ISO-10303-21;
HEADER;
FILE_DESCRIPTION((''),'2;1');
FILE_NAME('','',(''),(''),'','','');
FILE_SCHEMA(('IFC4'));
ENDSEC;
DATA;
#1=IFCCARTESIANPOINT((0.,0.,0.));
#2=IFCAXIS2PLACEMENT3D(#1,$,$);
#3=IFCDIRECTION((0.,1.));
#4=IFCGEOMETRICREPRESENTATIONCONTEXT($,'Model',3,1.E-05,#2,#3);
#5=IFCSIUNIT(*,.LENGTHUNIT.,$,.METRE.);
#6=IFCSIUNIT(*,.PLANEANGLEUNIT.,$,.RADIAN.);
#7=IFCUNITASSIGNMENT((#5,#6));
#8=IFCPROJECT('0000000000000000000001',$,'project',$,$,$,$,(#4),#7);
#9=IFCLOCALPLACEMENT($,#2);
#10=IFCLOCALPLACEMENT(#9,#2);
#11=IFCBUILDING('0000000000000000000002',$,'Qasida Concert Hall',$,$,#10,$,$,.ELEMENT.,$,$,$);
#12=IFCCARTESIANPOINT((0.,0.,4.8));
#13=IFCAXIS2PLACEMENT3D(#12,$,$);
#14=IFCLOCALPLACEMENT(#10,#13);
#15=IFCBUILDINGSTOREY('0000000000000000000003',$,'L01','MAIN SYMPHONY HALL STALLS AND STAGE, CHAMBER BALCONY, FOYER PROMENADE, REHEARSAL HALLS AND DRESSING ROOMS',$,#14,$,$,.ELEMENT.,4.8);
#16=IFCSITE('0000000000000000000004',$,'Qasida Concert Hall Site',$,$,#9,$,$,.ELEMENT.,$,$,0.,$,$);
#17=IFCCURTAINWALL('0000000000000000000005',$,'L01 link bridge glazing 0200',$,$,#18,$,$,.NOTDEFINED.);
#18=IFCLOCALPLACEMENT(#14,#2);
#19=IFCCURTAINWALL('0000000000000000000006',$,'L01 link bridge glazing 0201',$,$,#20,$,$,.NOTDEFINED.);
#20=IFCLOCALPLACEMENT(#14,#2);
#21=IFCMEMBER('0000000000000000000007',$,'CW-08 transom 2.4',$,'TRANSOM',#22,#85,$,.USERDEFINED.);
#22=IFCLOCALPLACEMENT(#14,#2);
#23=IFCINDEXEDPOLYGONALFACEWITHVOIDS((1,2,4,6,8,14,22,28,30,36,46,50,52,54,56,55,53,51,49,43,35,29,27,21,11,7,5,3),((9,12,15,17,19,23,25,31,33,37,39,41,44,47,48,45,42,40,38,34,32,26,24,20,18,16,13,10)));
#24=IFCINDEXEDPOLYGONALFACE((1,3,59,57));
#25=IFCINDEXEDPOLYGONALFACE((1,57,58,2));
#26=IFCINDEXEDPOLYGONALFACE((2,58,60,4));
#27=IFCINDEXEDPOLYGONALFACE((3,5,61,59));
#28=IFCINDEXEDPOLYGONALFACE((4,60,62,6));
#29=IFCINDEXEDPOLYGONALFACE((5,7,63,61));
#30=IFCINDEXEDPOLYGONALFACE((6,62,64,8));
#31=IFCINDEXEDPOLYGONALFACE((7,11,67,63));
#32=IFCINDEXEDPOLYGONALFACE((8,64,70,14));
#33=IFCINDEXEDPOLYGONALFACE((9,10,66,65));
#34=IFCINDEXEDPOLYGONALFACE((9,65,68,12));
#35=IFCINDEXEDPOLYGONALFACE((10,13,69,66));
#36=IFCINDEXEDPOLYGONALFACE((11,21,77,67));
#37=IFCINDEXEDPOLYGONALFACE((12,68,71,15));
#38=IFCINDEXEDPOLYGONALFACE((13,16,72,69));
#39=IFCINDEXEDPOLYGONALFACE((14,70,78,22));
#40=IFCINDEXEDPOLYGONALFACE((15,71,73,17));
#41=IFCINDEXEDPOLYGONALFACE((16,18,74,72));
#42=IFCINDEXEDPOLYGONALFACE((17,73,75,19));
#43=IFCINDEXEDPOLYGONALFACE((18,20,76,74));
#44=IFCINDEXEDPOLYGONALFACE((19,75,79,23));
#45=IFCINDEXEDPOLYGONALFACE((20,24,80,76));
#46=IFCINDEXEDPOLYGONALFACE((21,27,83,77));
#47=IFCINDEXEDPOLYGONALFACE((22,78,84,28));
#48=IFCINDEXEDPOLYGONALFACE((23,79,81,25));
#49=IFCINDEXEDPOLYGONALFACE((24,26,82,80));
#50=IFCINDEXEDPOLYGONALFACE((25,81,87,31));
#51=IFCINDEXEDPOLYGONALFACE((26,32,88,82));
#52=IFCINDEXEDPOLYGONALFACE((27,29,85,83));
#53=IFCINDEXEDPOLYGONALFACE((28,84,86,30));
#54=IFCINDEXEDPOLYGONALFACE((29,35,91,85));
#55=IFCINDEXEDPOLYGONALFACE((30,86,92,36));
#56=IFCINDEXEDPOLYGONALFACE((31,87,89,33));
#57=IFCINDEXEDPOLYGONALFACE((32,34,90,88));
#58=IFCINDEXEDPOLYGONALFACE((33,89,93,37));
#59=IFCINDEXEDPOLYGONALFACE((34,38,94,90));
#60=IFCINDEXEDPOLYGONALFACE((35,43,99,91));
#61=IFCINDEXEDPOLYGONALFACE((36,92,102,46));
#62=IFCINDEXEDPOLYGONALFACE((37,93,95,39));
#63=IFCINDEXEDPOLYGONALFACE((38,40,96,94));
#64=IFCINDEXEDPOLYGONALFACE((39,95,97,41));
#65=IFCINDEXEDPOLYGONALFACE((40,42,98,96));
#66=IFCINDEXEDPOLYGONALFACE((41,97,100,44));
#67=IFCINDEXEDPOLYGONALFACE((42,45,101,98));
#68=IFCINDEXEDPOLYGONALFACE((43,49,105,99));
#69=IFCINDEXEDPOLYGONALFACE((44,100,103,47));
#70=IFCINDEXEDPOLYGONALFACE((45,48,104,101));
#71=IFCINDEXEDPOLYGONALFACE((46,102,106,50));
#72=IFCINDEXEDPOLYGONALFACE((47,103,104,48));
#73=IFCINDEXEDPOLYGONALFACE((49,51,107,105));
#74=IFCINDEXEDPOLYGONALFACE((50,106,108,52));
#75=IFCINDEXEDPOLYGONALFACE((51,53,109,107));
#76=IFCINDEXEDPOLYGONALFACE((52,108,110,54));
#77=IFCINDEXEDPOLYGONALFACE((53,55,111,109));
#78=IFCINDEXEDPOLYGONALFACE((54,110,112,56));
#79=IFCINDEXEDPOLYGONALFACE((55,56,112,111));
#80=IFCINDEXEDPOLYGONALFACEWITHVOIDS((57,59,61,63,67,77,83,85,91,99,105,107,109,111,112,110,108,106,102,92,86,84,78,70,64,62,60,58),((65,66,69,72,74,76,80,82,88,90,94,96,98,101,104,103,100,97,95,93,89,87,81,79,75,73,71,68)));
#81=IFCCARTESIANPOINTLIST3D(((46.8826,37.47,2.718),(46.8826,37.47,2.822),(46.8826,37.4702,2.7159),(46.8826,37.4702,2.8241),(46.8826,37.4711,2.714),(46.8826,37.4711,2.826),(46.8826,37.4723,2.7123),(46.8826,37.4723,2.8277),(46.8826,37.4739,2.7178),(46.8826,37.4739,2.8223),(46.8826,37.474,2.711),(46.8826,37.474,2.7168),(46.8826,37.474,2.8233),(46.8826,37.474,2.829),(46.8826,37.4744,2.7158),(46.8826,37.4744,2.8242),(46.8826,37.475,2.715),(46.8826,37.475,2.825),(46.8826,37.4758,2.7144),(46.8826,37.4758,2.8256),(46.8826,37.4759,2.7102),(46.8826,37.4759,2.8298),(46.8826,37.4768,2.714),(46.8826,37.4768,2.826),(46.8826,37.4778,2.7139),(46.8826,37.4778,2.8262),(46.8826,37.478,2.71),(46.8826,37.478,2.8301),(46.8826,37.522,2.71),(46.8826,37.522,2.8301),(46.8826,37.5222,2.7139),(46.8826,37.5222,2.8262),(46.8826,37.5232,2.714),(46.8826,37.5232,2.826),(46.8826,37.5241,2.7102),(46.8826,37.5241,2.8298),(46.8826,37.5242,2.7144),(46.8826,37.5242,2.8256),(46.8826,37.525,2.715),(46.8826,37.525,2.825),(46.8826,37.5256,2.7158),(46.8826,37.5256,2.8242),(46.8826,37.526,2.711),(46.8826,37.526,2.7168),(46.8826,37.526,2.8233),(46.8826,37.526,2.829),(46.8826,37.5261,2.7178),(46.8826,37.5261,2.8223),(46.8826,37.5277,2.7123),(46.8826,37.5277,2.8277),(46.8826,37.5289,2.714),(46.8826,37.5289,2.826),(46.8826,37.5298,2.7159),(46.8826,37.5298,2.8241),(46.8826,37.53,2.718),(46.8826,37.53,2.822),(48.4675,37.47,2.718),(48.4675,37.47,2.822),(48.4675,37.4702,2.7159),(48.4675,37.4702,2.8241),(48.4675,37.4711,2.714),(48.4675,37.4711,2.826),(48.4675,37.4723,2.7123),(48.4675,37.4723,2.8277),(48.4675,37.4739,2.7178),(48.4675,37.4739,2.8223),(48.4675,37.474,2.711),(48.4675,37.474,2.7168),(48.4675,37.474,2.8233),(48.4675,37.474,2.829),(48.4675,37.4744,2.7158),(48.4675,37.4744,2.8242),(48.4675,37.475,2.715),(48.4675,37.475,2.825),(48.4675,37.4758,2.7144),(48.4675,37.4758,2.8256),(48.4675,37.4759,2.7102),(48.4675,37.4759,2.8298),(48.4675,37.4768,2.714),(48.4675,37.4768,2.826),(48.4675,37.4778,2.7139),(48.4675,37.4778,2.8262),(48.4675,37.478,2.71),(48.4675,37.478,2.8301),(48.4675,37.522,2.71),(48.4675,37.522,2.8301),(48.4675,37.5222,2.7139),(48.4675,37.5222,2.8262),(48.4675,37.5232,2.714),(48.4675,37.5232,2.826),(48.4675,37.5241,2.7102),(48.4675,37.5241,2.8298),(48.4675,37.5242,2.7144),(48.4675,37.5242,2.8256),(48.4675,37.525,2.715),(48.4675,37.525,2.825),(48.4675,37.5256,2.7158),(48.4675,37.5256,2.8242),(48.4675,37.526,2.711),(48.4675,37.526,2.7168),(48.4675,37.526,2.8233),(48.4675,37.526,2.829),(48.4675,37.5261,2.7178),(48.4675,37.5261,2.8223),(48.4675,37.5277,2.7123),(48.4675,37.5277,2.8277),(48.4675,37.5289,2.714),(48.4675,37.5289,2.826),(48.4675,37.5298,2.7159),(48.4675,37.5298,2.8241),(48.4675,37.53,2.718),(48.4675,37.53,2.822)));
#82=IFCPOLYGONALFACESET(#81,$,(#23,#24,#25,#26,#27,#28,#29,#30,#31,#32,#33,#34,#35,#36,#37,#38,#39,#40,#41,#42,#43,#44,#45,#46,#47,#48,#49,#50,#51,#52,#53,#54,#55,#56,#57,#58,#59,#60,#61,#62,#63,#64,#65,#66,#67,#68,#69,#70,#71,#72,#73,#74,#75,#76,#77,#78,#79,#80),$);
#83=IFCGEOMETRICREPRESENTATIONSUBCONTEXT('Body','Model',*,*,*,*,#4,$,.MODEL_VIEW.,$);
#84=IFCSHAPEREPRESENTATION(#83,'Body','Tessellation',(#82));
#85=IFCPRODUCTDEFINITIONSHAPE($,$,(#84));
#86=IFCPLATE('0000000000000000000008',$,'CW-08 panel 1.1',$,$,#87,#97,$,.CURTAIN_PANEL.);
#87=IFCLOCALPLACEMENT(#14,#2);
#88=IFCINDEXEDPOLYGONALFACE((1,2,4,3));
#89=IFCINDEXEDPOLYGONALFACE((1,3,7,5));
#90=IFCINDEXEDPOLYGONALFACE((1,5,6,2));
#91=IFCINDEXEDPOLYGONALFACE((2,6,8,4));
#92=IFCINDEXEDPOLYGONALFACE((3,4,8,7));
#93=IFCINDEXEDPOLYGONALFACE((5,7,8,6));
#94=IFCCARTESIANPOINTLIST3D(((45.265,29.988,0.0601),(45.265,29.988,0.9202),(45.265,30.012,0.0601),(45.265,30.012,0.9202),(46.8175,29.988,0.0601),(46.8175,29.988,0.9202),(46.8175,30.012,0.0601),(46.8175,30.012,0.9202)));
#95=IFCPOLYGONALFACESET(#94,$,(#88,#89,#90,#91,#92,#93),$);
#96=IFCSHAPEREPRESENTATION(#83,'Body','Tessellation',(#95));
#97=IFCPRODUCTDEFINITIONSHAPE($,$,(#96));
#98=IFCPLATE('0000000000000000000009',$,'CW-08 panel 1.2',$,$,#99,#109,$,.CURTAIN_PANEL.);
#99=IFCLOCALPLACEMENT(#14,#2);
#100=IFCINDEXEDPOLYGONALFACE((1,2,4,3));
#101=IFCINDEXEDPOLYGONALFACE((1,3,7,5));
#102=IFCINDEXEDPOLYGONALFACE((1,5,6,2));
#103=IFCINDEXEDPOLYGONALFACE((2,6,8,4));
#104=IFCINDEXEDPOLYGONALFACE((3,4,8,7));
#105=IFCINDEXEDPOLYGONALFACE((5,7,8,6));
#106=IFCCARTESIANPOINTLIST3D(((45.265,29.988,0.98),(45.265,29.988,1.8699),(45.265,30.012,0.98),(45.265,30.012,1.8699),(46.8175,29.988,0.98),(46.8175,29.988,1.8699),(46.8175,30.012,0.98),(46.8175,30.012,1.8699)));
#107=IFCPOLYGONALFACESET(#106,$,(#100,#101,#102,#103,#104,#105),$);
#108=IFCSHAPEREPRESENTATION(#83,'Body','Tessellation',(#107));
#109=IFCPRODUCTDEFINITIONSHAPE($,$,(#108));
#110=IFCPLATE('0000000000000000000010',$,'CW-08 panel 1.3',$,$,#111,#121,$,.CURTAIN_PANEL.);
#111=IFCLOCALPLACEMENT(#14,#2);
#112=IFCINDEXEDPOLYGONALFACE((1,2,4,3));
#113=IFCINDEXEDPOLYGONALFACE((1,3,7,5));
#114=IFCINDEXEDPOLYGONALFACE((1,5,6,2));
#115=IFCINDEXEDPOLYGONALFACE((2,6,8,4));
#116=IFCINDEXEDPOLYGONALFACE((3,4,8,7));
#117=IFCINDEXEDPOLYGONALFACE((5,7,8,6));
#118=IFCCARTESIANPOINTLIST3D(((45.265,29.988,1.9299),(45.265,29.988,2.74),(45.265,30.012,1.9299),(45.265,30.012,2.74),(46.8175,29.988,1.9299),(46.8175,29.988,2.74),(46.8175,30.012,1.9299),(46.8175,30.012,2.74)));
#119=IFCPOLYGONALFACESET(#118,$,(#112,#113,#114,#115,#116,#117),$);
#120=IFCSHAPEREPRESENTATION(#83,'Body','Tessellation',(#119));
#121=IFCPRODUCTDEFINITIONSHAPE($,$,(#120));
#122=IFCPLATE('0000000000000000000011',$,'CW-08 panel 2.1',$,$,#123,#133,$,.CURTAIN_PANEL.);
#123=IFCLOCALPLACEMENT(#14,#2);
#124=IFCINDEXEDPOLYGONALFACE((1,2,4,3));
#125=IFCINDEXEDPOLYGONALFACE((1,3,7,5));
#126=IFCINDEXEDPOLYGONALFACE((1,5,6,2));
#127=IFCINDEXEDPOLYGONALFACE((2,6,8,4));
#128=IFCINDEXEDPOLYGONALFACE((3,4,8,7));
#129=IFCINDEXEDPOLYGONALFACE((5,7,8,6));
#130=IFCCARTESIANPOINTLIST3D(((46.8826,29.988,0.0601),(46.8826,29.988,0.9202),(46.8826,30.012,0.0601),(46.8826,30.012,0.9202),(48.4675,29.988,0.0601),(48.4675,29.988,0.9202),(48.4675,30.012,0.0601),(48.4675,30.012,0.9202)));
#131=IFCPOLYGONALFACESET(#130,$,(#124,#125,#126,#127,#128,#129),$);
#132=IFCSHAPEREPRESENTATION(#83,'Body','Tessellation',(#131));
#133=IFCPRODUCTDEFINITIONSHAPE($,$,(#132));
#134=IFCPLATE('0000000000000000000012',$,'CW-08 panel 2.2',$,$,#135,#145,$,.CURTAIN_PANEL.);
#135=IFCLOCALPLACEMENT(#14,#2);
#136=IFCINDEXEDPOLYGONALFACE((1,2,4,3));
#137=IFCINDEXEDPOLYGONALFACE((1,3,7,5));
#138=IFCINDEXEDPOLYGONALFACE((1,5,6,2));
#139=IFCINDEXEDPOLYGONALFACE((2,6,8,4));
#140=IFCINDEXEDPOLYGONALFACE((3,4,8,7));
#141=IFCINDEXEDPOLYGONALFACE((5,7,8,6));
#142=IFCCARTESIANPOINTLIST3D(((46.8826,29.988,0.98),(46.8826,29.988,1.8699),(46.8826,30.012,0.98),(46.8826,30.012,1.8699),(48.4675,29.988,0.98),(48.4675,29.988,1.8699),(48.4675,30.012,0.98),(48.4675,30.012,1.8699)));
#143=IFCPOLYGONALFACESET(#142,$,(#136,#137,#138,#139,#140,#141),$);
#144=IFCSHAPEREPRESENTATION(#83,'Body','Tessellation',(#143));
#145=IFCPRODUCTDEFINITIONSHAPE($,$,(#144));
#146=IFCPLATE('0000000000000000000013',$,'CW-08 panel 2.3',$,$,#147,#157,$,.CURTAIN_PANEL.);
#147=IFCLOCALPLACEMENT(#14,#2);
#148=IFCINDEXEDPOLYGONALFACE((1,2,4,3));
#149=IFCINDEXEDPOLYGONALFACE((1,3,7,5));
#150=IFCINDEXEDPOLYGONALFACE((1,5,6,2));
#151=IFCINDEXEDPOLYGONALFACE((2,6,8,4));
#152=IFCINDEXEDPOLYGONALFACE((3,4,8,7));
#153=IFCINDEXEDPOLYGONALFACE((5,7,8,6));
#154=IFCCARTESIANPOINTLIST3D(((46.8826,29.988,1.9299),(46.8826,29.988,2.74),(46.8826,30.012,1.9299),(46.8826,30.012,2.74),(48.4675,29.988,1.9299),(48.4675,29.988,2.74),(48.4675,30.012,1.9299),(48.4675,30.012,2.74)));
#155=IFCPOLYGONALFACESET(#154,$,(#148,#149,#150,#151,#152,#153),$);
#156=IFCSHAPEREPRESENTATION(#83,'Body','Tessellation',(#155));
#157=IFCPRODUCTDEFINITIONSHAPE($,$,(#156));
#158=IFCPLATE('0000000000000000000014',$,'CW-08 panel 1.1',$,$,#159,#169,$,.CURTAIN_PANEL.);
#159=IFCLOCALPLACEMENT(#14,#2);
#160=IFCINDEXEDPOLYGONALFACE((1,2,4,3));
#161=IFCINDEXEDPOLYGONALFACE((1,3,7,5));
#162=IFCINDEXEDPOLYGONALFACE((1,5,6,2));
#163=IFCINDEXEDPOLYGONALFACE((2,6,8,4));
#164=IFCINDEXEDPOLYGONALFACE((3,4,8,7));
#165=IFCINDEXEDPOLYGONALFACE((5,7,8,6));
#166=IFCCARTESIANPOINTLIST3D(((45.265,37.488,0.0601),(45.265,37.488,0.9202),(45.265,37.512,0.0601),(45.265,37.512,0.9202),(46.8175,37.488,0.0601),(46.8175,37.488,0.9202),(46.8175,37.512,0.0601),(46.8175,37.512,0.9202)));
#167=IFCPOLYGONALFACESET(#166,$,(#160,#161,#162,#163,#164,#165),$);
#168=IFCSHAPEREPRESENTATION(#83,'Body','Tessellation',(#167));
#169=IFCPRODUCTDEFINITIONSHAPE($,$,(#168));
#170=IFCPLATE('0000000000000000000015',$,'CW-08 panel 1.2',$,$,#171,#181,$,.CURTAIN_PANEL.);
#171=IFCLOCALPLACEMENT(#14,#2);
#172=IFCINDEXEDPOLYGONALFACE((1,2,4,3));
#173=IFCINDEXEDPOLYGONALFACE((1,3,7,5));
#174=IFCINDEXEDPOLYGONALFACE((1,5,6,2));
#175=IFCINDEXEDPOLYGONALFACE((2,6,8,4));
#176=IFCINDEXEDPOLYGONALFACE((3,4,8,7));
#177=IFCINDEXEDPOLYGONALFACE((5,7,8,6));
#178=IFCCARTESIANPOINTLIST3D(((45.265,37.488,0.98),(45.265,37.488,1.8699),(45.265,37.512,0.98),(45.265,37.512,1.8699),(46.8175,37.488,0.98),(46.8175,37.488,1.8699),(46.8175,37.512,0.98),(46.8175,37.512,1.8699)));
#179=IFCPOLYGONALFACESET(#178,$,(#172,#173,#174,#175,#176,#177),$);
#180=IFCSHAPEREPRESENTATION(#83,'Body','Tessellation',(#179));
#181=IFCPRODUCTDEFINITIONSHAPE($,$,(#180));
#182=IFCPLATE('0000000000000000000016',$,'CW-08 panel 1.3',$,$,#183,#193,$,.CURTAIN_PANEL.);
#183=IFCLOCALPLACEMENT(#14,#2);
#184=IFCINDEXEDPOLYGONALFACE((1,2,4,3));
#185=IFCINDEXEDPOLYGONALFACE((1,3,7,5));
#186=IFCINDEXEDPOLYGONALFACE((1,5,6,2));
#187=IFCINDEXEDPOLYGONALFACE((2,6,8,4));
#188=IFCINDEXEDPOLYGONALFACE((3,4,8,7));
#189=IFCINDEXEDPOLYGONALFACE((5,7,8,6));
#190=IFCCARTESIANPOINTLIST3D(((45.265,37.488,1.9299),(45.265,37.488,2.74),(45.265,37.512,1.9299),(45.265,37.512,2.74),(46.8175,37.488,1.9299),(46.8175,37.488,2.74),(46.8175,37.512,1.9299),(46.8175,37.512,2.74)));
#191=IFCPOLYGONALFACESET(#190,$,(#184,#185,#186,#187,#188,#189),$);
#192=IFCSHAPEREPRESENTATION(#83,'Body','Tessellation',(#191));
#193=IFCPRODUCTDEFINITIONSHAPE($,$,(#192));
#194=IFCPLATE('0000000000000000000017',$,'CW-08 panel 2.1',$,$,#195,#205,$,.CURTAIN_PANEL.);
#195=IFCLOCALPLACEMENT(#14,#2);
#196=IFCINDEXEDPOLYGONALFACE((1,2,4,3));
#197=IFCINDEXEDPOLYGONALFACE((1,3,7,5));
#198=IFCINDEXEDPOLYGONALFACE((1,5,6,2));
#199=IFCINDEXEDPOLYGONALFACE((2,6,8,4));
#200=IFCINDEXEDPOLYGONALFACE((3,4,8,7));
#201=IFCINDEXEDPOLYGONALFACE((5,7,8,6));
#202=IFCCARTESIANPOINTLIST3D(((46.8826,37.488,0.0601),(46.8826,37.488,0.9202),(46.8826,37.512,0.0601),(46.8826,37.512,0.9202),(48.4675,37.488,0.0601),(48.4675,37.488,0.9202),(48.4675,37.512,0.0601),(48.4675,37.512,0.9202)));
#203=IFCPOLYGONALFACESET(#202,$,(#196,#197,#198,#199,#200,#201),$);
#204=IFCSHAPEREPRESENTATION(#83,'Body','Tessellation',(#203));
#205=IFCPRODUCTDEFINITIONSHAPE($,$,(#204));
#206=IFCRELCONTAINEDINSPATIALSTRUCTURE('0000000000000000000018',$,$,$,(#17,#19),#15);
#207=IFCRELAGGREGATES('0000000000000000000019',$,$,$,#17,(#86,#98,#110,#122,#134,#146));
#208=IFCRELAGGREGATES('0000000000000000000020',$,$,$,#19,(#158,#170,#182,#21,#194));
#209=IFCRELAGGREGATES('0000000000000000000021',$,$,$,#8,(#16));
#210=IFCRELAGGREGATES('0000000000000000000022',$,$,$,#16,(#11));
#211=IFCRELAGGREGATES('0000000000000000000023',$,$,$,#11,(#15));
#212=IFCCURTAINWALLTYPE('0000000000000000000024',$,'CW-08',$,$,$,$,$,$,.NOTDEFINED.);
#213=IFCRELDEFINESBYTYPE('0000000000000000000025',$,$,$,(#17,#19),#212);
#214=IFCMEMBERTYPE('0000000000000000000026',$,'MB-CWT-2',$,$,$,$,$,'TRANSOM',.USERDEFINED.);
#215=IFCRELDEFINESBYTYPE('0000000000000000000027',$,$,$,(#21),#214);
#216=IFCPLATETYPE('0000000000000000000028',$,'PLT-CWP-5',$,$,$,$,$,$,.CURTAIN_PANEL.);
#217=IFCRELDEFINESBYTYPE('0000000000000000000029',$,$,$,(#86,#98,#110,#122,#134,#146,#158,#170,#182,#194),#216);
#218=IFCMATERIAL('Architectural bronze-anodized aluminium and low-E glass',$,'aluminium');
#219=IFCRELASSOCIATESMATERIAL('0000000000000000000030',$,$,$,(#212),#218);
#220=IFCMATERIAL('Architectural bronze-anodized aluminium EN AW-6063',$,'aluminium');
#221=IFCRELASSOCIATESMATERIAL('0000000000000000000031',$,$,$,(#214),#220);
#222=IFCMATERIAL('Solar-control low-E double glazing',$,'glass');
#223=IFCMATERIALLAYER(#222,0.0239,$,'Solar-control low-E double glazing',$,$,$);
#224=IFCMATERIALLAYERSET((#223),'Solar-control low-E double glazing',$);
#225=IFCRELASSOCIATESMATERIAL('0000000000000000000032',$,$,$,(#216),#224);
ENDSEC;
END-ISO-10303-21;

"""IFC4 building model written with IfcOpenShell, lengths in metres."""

from ifc_helpers import new_model, si_unit, direction, frame, origin, origin_2d, place, context, subcontext, project, spatial, rectangle, hollow_rectangle, extrude, material, layer, layer_set, material_profile, profile_set, type_object, element, aggregate, save


model = new_model("IFC4")

# Units and contexts
model_context = context("Model", 3, precision=1e-05, world=origin(), true_north=direction((0.0, 1.0)))
body_context = subcontext(model_context, "Body", "Model", "MODEL_VIEW")
ifc_project = project(units=[si_unit("LENGTHUNIT", "METRE"), si_unit("PLANEANGLEUNIT", "RADIAN")], contexts=[model_context])

# Site, building, storey
site_placement = place(None, origin())
site = spatial("IfcSite", under=ifc_project, at=site_placement, Name="Qasida Concert Hall Site", CompositionType="ELEMENT", RefElevation=0.0)
building_placement = place(site_placement, origin())
building = spatial("IfcBuilding", under=site, at=building_placement, Name="Qasida Concert Hall", CompositionType="ELEMENT")
storey_placement = place(building_placement, frame((0.0, 0.0, 4.8)))
storey = spatial("IfcBuildingStorey", under=building, at=storey_placement, Name="L01", Description="MAIN SYMPHONY HALL STALLS AND STAGE, CHAMBER BALCONY, FOYER PROMENADE, REHEARSAL HALLS AND DRESSING ROOMS", CompositionType="ELEMENT", Elevation=4.8)

# Curtain walls
ifc_material_1 = material(Name="Architectural bronze-anodized aluminium and low-E glass", Category="aluminium")
curtain_wall_type = type_object("IfcCurtainWallType", Name="CW-08", PredefinedType="NOTDEFINED", material=ifc_material_1)
curtain_wall_1_placement = place(storey_placement, origin())
curtain_wall_1 = element("IfcCurtainWall", 1, at=curtain_wall_1_placement, inside=storey, type_object=curtain_wall_type, Name="L01 link bridge glazing 0200", PredefinedType="NOTDEFINED")
ifc_material_2 = material(Name="Architectural bronze-anodized aluminium EN AW-6063", Category="aluminium")
curtain_wall_2_placement = place(storey_placement, origin())
curtain_wall_2 = element("IfcCurtainWall", 2, at=curtain_wall_2_placement, inside=storey, type_object=curtain_wall_type, Name="L01 link bridge glazing 0201", PredefinedType="NOTDEFINED")

# Member
ifc_material_profile_1 = material_profile(ifc_material_2, hollow_rectangle(XDim=0.0601, YDim=0.1201, WallThickness=0.0039, InnerFilletRadius=0.0039, OuterFilletRadius=0.0081, at=origin_2d()), Name="CWT 120x60x4")
ifc_profile_set_1 = profile_set([ifc_material_profile_1], Name="Architectural bronze-anodized aluminium EN AW-6063")
member_type_1 = type_object("IfcMemberType", Name="MB-CWT-2", ElementType="TRANSOM", PredefinedType="USERDEFINED", material=ifc_profile_set_1)
member_1_placement = place(storey_placement, frame((46.8826, 37.5, 2.77), z_axis=(1.0, 0.0, 0.0), x_axis=(0.0, 1.0, 0.0)))
member_1 = element("IfcMember", 3, at=member_1_placement, type_object=member_type_1, Name="CW-08 transom 2.4", ObjectType="TRANSOM", PredefinedType="USERDEFINED", context=body_context, shape_type="SweptSolid", body=[
    extrude(hollow_rectangle(XDim=0.0601, YDim=0.1201, WallThickness=0.0039, InnerFilletRadius=0.0039, OuterFilletRadius=0.0081, at=origin_2d()), origin(), (0.0, 0.0, 1.0), 1.585),
])

# Plates
ifc_material_3 = material(Name="Solar-control low-E double glazing", Category="glass")
ifc_layer = layer(ifc_material_3, 0.0239, Name="Solar-control low-E double glazing")
ifc_layer_set = layer_set([ifc_layer], Name="Solar-control low-E double glazing")
plate_type = type_object("IfcPlateType", Name="PLT-CWP-5", PredefinedType="CURTAIN_PANEL", material=ifc_layer_set)
plate_1_placement = place(storey_placement, frame((46.0413, 30.0, 0.0601), z_axis=(0.0, 0.0, 1.0), x_axis=(1.0, 0.0, 0.0)))
plate_1 = element("IfcPlate", 4, at=plate_1_placement, type_object=plate_type, Name="CW-08 panel 1.1", PredefinedType="CURTAIN_PANEL", context=body_context, shape_type="SweptSolid", body=[
    extrude(rectangle(XDim=1.5525, YDim=0.0239, at=origin_2d()), origin(), (0.0, 0.0, 1.0), 0.8601),
])
plate_2_placement = place(storey_placement, frame((46.0413, 30.0, 0.98), z_axis=(0.0, 0.0, 1.0), x_axis=(1.0, 0.0, 0.0)))
plate_2 = element("IfcPlate", 5, at=plate_2_placement, type_object=plate_type, Name="CW-08 panel 1.2", PredefinedType="CURTAIN_PANEL", context=body_context, shape_type="SweptSolid", body=[
    extrude(rectangle(XDim=1.5525, YDim=0.0239, at=origin_2d()), origin(), (0.0, 0.0, 1.0), 0.8899),
])
plate_3_placement = place(storey_placement, frame((46.0413, 30.0, 1.9299), z_axis=(0.0, 0.0, 1.0), x_axis=(1.0, 0.0, 0.0)))
plate_3 = element("IfcPlate", 6, at=plate_3_placement, type_object=plate_type, Name="CW-08 panel 1.3", PredefinedType="CURTAIN_PANEL", context=body_context, shape_type="SweptSolid", body=[
    extrude(rectangle(XDim=1.5525, YDim=0.0239, at=origin_2d()), origin(), (0.0, 0.0, 1.0), 0.8101),
])
plate_4_placement = place(storey_placement, frame((47.675, 30.0, 0.0601), z_axis=(0.0, 0.0, 1.0), x_axis=(1.0, 0.0, 0.0)))
plate_4 = element("IfcPlate", 7, at=plate_4_placement, type_object=plate_type, Name="CW-08 panel 2.1", PredefinedType="CURTAIN_PANEL", context=body_context, shape_type="SweptSolid", body=[
    extrude(rectangle(XDim=1.585, YDim=0.0239, at=origin_2d()), origin(), (0.0, 0.0, 1.0), 0.8601),
])
plate_5_placement = place(storey_placement, frame((47.675, 30.0, 0.98), z_axis=(0.0, 0.0, 1.0), x_axis=(1.0, 0.0, 0.0)))
plate_5 = element("IfcPlate", 8, at=plate_5_placement, type_object=plate_type, Name="CW-08 panel 2.2", PredefinedType="CURTAIN_PANEL", context=body_context, shape_type="SweptSolid", body=[
    extrude(rectangle(XDim=1.585, YDim=0.0239, at=origin_2d()), origin(), (0.0, 0.0, 1.0), 0.8899),
])
plate_6_placement = place(storey_placement, frame((47.675, 30.0, 1.9299), z_axis=(0.0, 0.0, 1.0), x_axis=(1.0, 0.0, 0.0)))
plate_6 = element("IfcPlate", 9, at=plate_6_placement, type_object=plate_type, Name="CW-08 panel 2.3", PredefinedType="CURTAIN_PANEL", context=body_context, shape_type="SweptSolid", body=[
    extrude(rectangle(XDim=1.585, YDim=0.0239, at=origin_2d()), origin(), (0.0, 0.0, 1.0), 0.8101),
])
aggregate(curtain_wall_1, [plate_1, plate_2, plate_3, plate_4, plate_5, plate_6])
plate_7_placement = place(storey_placement, frame((46.0413, 37.5, 0.0601), z_axis=(0.0, 0.0, 1.0), x_axis=(1.0, 0.0, 0.0)))
plate_7 = element("IfcPlate", 10, at=plate_7_placement, type_object=plate_type, Name="CW-08 panel 1.1", PredefinedType="CURTAIN_PANEL", context=body_context, shape_type="SweptSolid", body=[
    extrude(rectangle(XDim=1.5525, YDim=0.0239, at=origin_2d()), origin(), (0.0, 0.0, 1.0), 0.8601),
])
plate_8_placement = place(storey_placement, frame((46.0413, 37.5, 0.98), z_axis=(0.0, 0.0, 1.0), x_axis=(1.0, 0.0, 0.0)))
plate_8 = element("IfcPlate", 11, at=plate_8_placement, type_object=plate_type, Name="CW-08 panel 1.2", PredefinedType="CURTAIN_PANEL", context=body_context, shape_type="SweptSolid", body=[
    extrude(rectangle(XDim=1.5525, YDim=0.0239, at=origin_2d()), origin(), (0.0, 0.0, 1.0), 0.8899),
])
plate_9_placement = place(storey_placement, frame((46.0413, 37.5, 1.9299), z_axis=(0.0, 0.0, 1.0), x_axis=(1.0, 0.0, 0.0)))
plate_9 = element("IfcPlate", 12, at=plate_9_placement, type_object=plate_type, Name="CW-08 panel 1.3", PredefinedType="CURTAIN_PANEL", context=body_context, shape_type="SweptSolid", body=[
    extrude(rectangle(XDim=1.5525, YDim=0.0239, at=origin_2d()), origin(), (0.0, 0.0, 1.0), 0.8101),
])
plate_10_placement = place(storey_placement, frame((47.675, 37.5, 0.0601), z_axis=(0.0, 0.0, 1.0), x_axis=(1.0, 0.0, 0.0)))
plate_10 = element("IfcPlate", 13, at=plate_10_placement, type_object=plate_type, Name="CW-08 panel 2.1", PredefinedType="CURTAIN_PANEL", context=body_context, shape_type="SweptSolid", body=[
    extrude(rectangle(XDim=1.585, YDim=0.0239, at=origin_2d()), origin(), (0.0, 0.0, 1.0), 0.8601),
])
aggregate(curtain_wall_2, [plate_7, plate_8, plate_9, member_1, plate_10])

save(model, "model.ifc")
